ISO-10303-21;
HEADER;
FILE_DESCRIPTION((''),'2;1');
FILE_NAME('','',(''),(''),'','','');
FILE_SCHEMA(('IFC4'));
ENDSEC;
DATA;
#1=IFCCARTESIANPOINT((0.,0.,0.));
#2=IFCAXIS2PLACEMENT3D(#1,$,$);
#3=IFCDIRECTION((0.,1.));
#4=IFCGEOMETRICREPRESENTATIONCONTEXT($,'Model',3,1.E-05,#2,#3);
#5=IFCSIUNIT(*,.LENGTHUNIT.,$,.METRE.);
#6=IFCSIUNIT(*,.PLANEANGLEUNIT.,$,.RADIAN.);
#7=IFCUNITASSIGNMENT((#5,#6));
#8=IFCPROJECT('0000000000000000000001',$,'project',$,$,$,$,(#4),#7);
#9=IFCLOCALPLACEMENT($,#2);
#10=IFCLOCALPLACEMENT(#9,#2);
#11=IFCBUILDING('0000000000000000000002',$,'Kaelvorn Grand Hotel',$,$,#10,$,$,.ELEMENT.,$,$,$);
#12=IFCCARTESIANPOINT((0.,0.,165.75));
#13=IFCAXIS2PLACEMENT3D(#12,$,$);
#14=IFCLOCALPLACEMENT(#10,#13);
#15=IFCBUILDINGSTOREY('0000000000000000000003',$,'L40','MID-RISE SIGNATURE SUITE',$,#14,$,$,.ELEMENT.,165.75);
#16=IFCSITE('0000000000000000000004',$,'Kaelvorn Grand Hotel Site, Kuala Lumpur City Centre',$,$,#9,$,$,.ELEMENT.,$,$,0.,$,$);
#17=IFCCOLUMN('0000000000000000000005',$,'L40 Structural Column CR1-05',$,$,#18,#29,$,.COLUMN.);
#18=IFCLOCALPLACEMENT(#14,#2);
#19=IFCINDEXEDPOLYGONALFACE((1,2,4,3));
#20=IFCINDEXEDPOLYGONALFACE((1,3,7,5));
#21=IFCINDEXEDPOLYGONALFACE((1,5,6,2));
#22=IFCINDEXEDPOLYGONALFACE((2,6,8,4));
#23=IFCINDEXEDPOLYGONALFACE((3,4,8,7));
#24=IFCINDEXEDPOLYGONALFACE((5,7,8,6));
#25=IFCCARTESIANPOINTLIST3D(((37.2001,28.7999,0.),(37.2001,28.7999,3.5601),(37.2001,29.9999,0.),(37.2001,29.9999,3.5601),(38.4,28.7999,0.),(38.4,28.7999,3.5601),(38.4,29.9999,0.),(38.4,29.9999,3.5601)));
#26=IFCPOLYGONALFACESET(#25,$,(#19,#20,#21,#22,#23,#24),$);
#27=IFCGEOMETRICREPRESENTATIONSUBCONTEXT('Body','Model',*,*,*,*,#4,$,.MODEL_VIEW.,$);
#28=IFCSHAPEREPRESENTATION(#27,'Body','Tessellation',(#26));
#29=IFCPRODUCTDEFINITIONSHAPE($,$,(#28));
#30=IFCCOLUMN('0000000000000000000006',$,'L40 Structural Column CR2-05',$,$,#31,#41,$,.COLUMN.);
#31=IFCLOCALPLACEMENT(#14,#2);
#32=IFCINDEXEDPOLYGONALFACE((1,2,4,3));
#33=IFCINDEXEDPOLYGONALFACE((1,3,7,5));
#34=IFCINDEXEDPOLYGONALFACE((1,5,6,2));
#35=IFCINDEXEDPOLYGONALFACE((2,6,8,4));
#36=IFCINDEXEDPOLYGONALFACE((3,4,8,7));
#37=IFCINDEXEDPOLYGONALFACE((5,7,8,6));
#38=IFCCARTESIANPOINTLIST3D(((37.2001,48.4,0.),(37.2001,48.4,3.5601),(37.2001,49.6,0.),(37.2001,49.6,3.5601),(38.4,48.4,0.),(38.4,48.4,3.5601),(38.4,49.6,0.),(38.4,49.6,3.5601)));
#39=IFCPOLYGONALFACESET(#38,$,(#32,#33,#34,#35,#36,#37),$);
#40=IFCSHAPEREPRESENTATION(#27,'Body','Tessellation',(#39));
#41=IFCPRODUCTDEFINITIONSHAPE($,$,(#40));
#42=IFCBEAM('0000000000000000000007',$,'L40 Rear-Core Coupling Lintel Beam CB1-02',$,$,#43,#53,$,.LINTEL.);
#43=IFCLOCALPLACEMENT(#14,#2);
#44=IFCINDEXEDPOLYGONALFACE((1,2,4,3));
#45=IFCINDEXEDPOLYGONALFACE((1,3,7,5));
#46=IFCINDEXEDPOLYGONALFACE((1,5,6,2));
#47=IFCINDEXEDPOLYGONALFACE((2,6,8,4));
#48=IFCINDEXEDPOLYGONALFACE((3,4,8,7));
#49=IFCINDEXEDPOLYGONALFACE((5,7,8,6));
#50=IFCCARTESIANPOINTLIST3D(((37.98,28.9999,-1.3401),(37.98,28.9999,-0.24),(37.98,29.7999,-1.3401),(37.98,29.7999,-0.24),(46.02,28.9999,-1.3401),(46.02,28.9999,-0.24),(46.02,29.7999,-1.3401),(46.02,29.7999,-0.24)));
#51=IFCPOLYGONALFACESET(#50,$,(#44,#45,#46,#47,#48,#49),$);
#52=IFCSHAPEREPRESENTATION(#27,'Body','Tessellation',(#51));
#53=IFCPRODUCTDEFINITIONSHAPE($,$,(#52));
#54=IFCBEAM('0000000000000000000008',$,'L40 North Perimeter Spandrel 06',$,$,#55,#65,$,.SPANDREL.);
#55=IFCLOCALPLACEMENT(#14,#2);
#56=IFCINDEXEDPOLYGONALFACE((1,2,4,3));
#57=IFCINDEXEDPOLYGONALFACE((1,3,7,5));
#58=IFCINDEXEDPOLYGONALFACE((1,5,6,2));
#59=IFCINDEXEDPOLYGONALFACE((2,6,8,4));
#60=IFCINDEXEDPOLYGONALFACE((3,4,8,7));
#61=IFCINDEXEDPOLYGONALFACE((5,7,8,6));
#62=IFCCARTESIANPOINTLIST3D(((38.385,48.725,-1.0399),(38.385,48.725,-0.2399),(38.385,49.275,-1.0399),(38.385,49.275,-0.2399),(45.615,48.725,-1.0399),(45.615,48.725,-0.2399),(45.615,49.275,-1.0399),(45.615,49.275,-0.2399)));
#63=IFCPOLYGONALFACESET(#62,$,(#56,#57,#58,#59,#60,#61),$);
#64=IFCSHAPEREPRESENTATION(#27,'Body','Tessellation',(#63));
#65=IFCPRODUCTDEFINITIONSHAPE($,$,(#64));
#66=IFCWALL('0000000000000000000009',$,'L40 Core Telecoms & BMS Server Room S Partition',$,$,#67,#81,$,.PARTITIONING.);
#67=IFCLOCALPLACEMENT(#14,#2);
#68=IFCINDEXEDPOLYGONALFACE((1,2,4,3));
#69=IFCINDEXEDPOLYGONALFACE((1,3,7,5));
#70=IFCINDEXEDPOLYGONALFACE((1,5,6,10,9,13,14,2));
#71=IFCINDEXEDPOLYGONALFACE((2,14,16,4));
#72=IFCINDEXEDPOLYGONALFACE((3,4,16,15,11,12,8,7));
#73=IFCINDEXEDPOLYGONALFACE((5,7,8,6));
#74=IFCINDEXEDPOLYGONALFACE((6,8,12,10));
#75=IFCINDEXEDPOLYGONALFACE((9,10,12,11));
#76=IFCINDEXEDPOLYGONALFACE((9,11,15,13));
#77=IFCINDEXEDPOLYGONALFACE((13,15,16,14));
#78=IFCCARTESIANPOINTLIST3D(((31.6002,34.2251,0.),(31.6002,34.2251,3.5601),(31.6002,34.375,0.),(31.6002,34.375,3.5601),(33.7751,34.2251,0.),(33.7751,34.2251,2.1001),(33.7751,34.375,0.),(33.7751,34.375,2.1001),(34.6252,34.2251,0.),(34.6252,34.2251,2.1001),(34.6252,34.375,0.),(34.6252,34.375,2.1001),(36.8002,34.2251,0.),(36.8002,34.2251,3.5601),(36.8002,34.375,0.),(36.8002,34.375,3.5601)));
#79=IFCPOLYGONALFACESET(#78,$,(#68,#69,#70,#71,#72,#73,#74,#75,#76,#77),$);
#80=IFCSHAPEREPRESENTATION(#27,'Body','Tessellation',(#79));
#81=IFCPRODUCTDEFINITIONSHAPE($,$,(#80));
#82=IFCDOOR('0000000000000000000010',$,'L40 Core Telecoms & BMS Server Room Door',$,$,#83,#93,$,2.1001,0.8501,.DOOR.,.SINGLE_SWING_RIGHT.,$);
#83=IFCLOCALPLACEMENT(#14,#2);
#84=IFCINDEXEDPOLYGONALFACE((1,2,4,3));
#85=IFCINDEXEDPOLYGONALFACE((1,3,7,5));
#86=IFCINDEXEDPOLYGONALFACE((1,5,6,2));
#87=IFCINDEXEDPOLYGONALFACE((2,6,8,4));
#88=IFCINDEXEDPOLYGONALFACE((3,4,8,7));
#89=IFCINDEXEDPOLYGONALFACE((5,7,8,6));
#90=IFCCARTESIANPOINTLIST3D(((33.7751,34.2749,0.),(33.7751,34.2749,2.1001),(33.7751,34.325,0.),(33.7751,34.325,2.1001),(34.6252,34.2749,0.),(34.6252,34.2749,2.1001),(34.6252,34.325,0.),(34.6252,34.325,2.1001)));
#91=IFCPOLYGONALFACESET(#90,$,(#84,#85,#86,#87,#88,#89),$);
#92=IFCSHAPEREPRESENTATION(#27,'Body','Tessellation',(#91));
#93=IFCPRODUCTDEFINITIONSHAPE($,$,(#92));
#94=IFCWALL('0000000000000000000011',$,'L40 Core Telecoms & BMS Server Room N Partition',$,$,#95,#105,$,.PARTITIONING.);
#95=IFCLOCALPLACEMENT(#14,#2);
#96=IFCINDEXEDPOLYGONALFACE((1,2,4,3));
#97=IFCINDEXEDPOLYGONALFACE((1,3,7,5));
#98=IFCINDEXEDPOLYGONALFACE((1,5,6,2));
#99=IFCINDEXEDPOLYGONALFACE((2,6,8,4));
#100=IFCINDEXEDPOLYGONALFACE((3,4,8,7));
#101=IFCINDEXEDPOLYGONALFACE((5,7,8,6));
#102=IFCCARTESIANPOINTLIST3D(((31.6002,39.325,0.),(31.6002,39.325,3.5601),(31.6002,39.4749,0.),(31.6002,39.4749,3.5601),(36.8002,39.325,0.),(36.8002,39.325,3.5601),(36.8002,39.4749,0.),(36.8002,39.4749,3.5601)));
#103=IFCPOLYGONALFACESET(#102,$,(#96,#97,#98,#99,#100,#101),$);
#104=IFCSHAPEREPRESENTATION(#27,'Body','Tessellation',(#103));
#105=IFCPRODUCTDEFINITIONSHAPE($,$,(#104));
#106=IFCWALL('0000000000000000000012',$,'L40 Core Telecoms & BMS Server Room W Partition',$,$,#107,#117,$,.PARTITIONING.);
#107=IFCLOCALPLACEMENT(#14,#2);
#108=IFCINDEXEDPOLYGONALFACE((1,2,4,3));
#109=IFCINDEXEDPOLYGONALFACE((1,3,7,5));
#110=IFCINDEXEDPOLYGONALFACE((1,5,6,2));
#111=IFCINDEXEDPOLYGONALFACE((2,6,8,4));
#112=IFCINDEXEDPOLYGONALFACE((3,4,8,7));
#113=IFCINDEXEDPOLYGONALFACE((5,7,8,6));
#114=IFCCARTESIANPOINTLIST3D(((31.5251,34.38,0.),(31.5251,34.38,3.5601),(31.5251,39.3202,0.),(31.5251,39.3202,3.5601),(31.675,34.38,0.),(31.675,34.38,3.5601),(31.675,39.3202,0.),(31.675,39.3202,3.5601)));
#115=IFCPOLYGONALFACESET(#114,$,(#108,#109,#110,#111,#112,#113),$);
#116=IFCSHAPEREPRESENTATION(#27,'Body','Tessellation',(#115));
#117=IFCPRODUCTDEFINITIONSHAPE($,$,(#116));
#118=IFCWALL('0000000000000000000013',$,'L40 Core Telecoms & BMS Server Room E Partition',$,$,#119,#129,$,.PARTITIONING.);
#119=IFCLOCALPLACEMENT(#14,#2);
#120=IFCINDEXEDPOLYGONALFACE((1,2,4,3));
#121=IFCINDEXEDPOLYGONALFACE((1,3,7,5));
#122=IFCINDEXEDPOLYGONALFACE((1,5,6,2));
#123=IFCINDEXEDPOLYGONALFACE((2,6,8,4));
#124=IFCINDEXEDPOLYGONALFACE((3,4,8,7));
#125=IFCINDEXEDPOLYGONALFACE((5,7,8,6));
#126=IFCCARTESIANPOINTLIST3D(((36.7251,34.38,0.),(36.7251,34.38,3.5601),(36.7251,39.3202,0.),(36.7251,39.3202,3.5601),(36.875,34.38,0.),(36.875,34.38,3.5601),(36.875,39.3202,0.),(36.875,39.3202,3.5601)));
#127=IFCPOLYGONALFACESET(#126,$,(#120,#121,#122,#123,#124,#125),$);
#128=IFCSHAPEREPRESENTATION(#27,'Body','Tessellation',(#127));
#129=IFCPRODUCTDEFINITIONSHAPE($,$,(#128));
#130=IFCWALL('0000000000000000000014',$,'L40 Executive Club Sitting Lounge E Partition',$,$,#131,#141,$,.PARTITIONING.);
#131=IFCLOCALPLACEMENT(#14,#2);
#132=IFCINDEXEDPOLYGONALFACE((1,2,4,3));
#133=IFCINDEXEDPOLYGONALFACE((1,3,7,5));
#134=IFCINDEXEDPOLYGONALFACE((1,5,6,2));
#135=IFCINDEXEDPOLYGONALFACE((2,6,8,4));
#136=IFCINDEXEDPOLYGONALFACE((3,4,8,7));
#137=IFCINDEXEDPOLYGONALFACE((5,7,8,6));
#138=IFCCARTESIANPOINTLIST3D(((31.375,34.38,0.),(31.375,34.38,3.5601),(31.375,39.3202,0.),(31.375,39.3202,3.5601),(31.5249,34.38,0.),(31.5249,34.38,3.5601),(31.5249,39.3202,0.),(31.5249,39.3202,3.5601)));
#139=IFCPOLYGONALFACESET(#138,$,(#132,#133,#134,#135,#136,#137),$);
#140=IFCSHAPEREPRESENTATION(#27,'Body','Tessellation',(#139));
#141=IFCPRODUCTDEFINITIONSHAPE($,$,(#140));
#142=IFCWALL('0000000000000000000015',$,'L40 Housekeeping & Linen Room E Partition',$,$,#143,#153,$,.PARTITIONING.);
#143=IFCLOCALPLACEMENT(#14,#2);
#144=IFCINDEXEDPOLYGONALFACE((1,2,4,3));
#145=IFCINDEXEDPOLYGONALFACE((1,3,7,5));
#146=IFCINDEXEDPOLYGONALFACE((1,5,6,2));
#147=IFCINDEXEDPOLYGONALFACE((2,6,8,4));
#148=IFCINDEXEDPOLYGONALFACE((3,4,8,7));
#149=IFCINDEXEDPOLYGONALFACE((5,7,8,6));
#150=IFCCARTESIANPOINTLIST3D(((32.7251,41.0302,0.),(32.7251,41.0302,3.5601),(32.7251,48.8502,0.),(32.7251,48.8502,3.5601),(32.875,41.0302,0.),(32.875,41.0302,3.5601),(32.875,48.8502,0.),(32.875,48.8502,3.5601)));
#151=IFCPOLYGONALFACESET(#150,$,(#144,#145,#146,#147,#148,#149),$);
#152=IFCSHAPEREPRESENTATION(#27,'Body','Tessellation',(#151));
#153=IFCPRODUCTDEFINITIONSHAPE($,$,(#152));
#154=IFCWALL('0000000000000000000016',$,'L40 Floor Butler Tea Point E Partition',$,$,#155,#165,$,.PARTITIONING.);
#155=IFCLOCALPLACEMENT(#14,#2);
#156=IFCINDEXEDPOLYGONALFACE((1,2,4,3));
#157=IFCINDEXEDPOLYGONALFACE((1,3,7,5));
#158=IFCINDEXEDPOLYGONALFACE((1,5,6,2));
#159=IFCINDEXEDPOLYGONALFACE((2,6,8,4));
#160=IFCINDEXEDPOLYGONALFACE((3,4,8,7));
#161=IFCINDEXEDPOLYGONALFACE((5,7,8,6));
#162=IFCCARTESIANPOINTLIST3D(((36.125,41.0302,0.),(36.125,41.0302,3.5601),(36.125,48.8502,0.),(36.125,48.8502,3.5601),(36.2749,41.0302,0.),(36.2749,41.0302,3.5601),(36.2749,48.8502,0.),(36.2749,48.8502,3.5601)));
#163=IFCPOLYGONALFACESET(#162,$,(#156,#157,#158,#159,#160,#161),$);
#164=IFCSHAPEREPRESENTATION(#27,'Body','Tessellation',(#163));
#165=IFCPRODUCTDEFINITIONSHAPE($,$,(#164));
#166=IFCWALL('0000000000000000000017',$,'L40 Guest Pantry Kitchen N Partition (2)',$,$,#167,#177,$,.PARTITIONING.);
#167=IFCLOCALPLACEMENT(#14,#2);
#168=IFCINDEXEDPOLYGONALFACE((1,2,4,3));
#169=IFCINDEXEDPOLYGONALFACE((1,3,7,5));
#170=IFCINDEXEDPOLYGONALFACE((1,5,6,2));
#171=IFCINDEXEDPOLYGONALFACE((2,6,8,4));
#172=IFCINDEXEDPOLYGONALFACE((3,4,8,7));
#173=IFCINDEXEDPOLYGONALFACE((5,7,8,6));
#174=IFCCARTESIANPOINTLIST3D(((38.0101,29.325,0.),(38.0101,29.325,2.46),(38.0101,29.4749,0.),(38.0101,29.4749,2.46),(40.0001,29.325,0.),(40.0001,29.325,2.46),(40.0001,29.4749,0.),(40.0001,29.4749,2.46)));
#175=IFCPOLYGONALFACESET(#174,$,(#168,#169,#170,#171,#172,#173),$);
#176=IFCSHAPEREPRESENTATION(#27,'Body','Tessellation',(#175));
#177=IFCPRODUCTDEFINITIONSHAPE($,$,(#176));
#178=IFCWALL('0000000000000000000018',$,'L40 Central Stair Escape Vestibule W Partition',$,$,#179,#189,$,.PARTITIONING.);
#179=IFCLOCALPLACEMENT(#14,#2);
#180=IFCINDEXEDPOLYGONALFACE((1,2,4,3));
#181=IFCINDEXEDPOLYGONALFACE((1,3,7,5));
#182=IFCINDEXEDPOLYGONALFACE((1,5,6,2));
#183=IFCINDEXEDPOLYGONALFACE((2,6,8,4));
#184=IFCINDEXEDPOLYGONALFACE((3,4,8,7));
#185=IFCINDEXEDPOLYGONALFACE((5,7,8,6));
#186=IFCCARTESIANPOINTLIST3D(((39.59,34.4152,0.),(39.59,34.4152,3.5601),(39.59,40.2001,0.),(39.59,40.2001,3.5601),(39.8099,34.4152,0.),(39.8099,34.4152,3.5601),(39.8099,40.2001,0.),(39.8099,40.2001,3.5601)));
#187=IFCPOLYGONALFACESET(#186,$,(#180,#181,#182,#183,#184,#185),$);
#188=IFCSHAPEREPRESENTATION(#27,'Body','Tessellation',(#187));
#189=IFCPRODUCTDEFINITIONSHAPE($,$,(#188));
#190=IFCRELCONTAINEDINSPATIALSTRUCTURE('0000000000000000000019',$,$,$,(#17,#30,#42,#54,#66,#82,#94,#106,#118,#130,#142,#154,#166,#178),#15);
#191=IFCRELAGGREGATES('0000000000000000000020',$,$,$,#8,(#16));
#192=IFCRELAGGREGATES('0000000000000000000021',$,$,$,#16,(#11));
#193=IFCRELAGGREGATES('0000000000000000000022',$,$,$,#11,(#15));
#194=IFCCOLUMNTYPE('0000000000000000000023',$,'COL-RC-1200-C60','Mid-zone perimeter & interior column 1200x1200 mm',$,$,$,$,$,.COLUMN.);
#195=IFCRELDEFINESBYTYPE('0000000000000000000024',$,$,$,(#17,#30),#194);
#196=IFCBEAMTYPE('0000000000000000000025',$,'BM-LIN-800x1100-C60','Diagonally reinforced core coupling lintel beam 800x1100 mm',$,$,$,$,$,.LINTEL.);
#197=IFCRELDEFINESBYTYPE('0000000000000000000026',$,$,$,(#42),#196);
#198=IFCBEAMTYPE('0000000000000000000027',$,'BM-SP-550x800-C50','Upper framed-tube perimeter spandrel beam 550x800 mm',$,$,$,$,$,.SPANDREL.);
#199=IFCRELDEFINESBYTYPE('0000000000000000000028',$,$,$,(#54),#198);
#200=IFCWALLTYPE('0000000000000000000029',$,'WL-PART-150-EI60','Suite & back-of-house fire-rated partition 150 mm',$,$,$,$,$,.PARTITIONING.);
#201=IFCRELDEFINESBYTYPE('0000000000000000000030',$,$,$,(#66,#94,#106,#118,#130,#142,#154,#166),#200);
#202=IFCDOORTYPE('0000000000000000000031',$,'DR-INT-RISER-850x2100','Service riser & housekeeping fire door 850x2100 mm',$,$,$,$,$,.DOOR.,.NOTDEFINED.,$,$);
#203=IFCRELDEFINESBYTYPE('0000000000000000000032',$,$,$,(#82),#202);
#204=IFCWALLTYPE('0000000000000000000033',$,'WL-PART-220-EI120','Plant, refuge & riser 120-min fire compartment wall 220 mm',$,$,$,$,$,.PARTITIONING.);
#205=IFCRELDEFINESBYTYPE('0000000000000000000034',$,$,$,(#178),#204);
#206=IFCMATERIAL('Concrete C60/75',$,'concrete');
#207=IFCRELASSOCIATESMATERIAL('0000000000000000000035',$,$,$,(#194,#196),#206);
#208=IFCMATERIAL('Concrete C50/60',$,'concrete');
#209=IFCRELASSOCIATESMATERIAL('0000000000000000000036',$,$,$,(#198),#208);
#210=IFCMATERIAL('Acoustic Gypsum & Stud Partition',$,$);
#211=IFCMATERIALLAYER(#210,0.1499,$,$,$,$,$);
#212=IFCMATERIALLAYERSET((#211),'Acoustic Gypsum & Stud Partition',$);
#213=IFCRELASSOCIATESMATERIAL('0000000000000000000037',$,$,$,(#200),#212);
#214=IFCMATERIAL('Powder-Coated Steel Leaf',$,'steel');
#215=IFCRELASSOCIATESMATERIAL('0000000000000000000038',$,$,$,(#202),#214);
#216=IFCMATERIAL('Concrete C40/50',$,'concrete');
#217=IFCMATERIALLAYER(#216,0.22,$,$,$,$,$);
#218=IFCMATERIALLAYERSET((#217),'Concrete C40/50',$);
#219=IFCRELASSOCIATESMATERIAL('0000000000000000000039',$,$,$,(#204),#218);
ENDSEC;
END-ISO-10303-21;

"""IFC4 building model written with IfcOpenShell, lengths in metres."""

from ifc_helpers import new_model, si_unit, direction, frame, frame_2d, origin, origin_2d, place, context, subcontext, project, spatial, rectangle, extrude, material, layer, layer_set, material_profile, profile_set, type_object, element, fill, save


model = new_model("IFC4")

# Units and contexts
model_context = context("Model", 3, precision=1e-05, world=origin(), true_north=direction((0.0, 1.0)))
body_context = subcontext(model_context, "Body", "Model", "MODEL_VIEW")
ifc_project = project(units=[si_unit("LENGTHUNIT", "METRE"), si_unit("PLANEANGLEUNIT", "RADIAN")], contexts=[model_context])

# Site, building, storey
site_placement = place(None, origin())
site = spatial("IfcSite", under=ifc_project, at=site_placement, Name="Kaelvorn Grand Hotel Site, Kuala Lumpur City Centre", CompositionType="ELEMENT", RefElevation=0.0)
building_placement = place(site_placement, origin())
building = spatial("IfcBuilding", under=site, at=building_placement, Name="Kaelvorn Grand Hotel", CompositionType="ELEMENT")
storey_placement = place(building_placement, frame((0.0, 0.0, 165.75)))
storey = spatial("IfcBuildingStorey", under=building, at=storey_placement, Name="L40", Description="MID-RISE SIGNATURE SUITE", CompositionType="ELEMENT", Elevation=165.75)

# Columns
ifc_material_1 = material(Name="Concrete C60/75", Category="concrete")
ifc_material_profile_1 = material_profile(ifc_material_1, rectangle(XDim=1.2, YDim=1.2, at=origin_2d()), Name="RC COL 1200x1200")
ifc_profile_set_1 = profile_set([ifc_material_profile_1], Name="Concrete C60/75")
column_type = type_object("IfcColumnType", Name="COL-RC-1200-C60", Description="Mid-zone perimeter & interior column 1200x1200 mm", PredefinedType="COLUMN", material=ifc_profile_set_1)
for number, where, z_axis, x_axis, name in (
    (1, (37.8, 29.3999, 0.0), (0.0, 0.0, 1.0), (1.0, 0.0, 0.0), "L40 Structural Column CR1-05"),
    (2, (37.8, 49.0, 0.0), (0.0, 0.0, 1.0), (1.0, 0.0, 0.0), "L40 Structural Column CR2-05"),
):
    element("IfcColumn", number, at=place(storey_placement, frame(where, z_axis=z_axis, x_axis=x_axis)), inside=storey, type_object=column_type, Name=name, PredefinedType="COLUMN", context=body_context, shape_type="SweptSolid", body=[
        extrude(rectangle(XDim=1.2, YDim=1.2, at=origin_2d()), origin(), (0.0, 0.0, 1.0), 3.5601),
    ])

# Beams
ifc_material_profile_2 = material_profile(ifc_material_1, rectangle(XDim=0.8, YDim=1.1001, at=origin_2d()), Name="RC LINTEL 800x1100")
ifc_profile_set_2 = profile_set([ifc_material_profile_2], Name="Concrete C60/75")
beam_type_1 = type_object("IfcBeamType", Name="BM-LIN-800x1100-C60", Description="Diagonally reinforced core coupling lintel beam 800x1100 mm", PredefinedType="LINTEL", material=ifc_profile_set_2)
beam_1_placement = place(storey_placement, frame((37.98, 29.3999, -0.79), z_axis=(1.0, 0.0, 0.0), x_axis=(0.0, 1.0, 0.0)))
element("IfcBeam", 3, at=beam_1_placement, inside=storey, type_object=beam_type_1, Name="L40 Rear-Core Coupling Lintel Beam CB1-02", PredefinedType="LINTEL", context=body_context, shape_type="SweptSolid", body=[
    extrude(rectangle(XDim=0.8, YDim=1.1001, at=origin_2d()), origin(), (0.0, 0.0, 1.0), 8.04),
])
ifc_material_2 = material(Name="Concrete C50/60", Category="concrete")
ifc_material_profile_3 = material_profile(ifc_material_2, rectangle(XDim=0.55, YDim=0.8, at=origin_2d()), Name="RC SPANDREL 550x800")
ifc_profile_set_3 = profile_set([ifc_material_profile_3], Name="Concrete C50/60")
beam_type_2 = type_object("IfcBeamType", Name="BM-SP-550x800-C50", Description="Upper framed-tube perimeter spandrel beam 550x800 mm", PredefinedType="SPANDREL", material=ifc_profile_set_3)
beam_2_placement = place(storey_placement, frame((38.385, 49.0, -0.6399), z_axis=(1.0, 0.0, 0.0), x_axis=(0.0, 1.0, 0.0)))
element("IfcBeam", 4, at=beam_2_placement, inside=storey, type_object=beam_type_2, Name="L40 North Perimeter Spandrel 06", PredefinedType="SPANDREL", context=body_context, shape_type="SweptSolid", body=[
    extrude(rectangle(XDim=0.55, YDim=0.8, at=origin_2d()), origin(), (0.0, 0.0, 1.0), 7.23),
])

# Wall, opening, door
ifc_material_3 = material(Name="Acoustic Gypsum & Stud Partition")
ifc_layer_1 = layer(ifc_material_3, 0.1499)
ifc_layer_set_1 = layer_set([ifc_layer_1], Name="Acoustic Gypsum & Stud Partition")
wall_type_1 = type_object("IfcWallType", Name="WL-PART-150-EI60", Description="Suite & back-of-house fire-rated partition 150 mm", PredefinedType="PARTITIONING", material=ifc_layer_set_1)
wall_1_placement = place(storey_placement, frame((31.6001, 34.3, 0.0), z_axis=(0.0, 0.0, 1.0), x_axis=(1.0, 0.0, 0.0)))
wall_1 = element("IfcWall", 5, at=wall_1_placement, inside=storey, type_object=wall_type_1, Name="L40 Core Telecoms & BMS Server Room S Partition", PredefinedType="PARTITIONING", context=body_context, shape_type="SweptSolid", body=[
    extrude(rectangle(XDim=5.2, YDim=0.1499, at=frame_2d((2.6001, 0.0))), origin(), (0.0, 0.0, 1.0), 3.5601),
])
opening_1_placement = place(wall_1_placement, frame((2.175, 0.0, 0.0)))
opening_1 = element("IfcOpeningElement", 6, at=opening_1_placement, cuts=wall_1, PredefinedType="OPENING", context=body_context, shape_type="SweptSolid", body=[
    extrude(rectangle(XDim=0.8501, YDim=2.1001, at=frame_2d((0.425, 1.05))), frame((0.0, 0.085, 0.0), z_axis=(0.0, -1.0, 0.0), x_axis=(1.0, 0.0, 0.0)), (0.0, 0.0, 1.0), 0.1699),
])
ifc_material_4 = material(Name="Powder-Coated Steel Leaf", Category="steel")
door_type_1 = type_object("IfcDoorType", Name="DR-INT-RISER-850x2100", Description="Service riser & housekeeping fire door 850x2100 mm", OperationType="NOTDEFINED", PredefinedType="DOOR", material=ifc_material_4)
door_1_placement = place(opening_1_placement, origin())
door_1 = element("IfcDoor", 7, at=door_1_placement, inside=storey, type_object=door_type_1, Name="L40 Core Telecoms & BMS Server Room Door", OperationType="SINGLE_SWING_RIGHT", OverallHeight=2.1001, OverallWidth=0.8501, PredefinedType="DOOR", context=body_context, shape_type="SweptSolid", body=[
    extrude(rectangle(XDim=0.8501, YDim=2.1001, at=frame_2d((0.425, 1.05))), frame((0.0, 0.0249, 0.0), z_axis=(0.0, -1.0, 0.0), x_axis=(1.0, 0.0, 0.0)), (0.0, 0.0, 1.0), 0.05),
])
fill(opening_1, door_1)

# Walls
wall_2_placement = place(storey_placement, frame((31.6001, 39.3999, 0.0), z_axis=(0.0, 0.0, 1.0), x_axis=(1.0, 0.0, 0.0)))
element("IfcWall", 8, at=wall_2_placement, inside=storey, type_object=wall_type_1, Name="L40 Core Telecoms & BMS Server Room N Partition", PredefinedType="PARTITIONING", context=body_context, shape_type="SweptSolid", body=[
    extrude(rectangle(XDim=5.2, YDim=0.1499, at=frame_2d((2.6001, 0.0))), origin(), (0.0, 0.0, 1.0), 3.5601),
])
for number, where, z_axis, x_axis, name in (
    (9, (31.6001, 34.3799, 0.0), (0.0, 0.0, 1.0), (0.0, 1.0, 0.0), "L40 Core Telecoms & BMS Server Room W Partition"),
    (10, (36.8, 34.3799, 0.0), (0.0, 0.0, 1.0), (0.0, 1.0, 0.0), "L40 Core Telecoms & BMS Server Room E Partition"),
    (11, (31.45, 34.3799, 0.0), (0.0, 0.0, 1.0), (0.0, 1.0, 0.0), "L40 Executive Club Sitting Lounge E Partition"),
):
    element("IfcWall", number, at=place(storey_placement, frame(where, z_axis=z_axis, x_axis=x_axis)), inside=storey, type_object=wall_type_1, Name=name, PredefinedType="PARTITIONING", context=body_context, shape_type="SweptSolid", body=[
        extrude(rectangle(XDim=4.9402, YDim=0.1499, at=frame_2d((2.4702, 0.0))), origin(), (0.0, 0.0, 1.0), 3.5601),
    ])
wall_3_placement = place(storey_placement, frame((32.8, 41.03, 0.0), z_axis=(0.0, 0.0, 1.0), x_axis=(0.0, 1.0, 0.0)))
element("IfcWall", 12, at=wall_3_placement, inside=storey, type_object=wall_type_1, Name="L40 Housekeeping & Linen Room E Partition", PredefinedType="PARTITIONING", context=body_context, shape_type="SweptSolid", body=[
    extrude(rectangle(XDim=7.8201, YDim=0.1499, at=frame_2d((3.9102, 0.0))), origin(), (0.0, 0.0, 1.0), 3.5601),
])

# Walls
wall_4_placement = place(storey_placement, frame((36.2, 41.03, 0.0), z_axis=(0.0, 0.0, 1.0), x_axis=(0.0, 1.0, 0.0)))
element("IfcWall", 13, at=wall_4_placement, inside=storey, type_object=wall_type_1, Name="L40 Floor Butler Tea Point E Partition", PredefinedType="PARTITIONING", context=body_context, shape_type="SweptSolid", body=[
    extrude(rectangle(XDim=7.8201, YDim=0.1499, at=frame_2d((3.9102, 0.0))), origin(), (0.0, 0.0, 1.0), 3.5601),
])
wall_5_placement = place(storey_placement, frame((38.01, 29.3999, 0.0), z_axis=(0.0, 0.0, 1.0), x_axis=(1.0, 0.0, 0.0)))
element("IfcWall", 14, at=wall_5_placement, inside=storey, type_object=wall_type_1, Name="L40 Guest Pantry Kitchen N Partition (2)", PredefinedType="PARTITIONING", context=body_context, shape_type="SweptSolid", body=[
    extrude(rectangle(XDim=1.99, YDim=0.1499, at=frame_2d((0.9951, 0.0))), origin(), (0.0, 0.0, 1.0), 2.46),
])

# Shared definitions
ifc_material_5 = material(Name="Concrete C40/50", Category="concrete")
ifc_layer_2 = layer(ifc_material_5, 0.22)
ifc_layer_set_2 = layer_set([ifc_layer_2], Name="Concrete C40/50")
wall_type_2 = type_object("IfcWallType", Name="WL-PART-220-EI120", Description="Plant, refuge & riser 120-min fire compartment wall 220 mm", PredefinedType="PARTITIONING", material=ifc_layer_set_2)

# Wall
wall_6_placement = place(storey_placement, frame((39.7, 34.415, 0.0), z_axis=(0.0, 0.0, 1.0), x_axis=(0.0, 1.0, 0.0)))
element("IfcWall", 15, at=wall_6_placement, inside=storey, type_object=wall_type_2, Name="L40 Central Stair Escape Vestibule W Partition", PredefinedType="PARTITIONING", context=body_context, shape_type="SweptSolid", body=[
    extrude(rectangle(XDim=5.7849, YDim=0.22, at=frame_2d((2.8926, 0.0))), origin(), (0.0, 0.0, 1.0), 3.5601),
])

save(model, "model.ifc")
